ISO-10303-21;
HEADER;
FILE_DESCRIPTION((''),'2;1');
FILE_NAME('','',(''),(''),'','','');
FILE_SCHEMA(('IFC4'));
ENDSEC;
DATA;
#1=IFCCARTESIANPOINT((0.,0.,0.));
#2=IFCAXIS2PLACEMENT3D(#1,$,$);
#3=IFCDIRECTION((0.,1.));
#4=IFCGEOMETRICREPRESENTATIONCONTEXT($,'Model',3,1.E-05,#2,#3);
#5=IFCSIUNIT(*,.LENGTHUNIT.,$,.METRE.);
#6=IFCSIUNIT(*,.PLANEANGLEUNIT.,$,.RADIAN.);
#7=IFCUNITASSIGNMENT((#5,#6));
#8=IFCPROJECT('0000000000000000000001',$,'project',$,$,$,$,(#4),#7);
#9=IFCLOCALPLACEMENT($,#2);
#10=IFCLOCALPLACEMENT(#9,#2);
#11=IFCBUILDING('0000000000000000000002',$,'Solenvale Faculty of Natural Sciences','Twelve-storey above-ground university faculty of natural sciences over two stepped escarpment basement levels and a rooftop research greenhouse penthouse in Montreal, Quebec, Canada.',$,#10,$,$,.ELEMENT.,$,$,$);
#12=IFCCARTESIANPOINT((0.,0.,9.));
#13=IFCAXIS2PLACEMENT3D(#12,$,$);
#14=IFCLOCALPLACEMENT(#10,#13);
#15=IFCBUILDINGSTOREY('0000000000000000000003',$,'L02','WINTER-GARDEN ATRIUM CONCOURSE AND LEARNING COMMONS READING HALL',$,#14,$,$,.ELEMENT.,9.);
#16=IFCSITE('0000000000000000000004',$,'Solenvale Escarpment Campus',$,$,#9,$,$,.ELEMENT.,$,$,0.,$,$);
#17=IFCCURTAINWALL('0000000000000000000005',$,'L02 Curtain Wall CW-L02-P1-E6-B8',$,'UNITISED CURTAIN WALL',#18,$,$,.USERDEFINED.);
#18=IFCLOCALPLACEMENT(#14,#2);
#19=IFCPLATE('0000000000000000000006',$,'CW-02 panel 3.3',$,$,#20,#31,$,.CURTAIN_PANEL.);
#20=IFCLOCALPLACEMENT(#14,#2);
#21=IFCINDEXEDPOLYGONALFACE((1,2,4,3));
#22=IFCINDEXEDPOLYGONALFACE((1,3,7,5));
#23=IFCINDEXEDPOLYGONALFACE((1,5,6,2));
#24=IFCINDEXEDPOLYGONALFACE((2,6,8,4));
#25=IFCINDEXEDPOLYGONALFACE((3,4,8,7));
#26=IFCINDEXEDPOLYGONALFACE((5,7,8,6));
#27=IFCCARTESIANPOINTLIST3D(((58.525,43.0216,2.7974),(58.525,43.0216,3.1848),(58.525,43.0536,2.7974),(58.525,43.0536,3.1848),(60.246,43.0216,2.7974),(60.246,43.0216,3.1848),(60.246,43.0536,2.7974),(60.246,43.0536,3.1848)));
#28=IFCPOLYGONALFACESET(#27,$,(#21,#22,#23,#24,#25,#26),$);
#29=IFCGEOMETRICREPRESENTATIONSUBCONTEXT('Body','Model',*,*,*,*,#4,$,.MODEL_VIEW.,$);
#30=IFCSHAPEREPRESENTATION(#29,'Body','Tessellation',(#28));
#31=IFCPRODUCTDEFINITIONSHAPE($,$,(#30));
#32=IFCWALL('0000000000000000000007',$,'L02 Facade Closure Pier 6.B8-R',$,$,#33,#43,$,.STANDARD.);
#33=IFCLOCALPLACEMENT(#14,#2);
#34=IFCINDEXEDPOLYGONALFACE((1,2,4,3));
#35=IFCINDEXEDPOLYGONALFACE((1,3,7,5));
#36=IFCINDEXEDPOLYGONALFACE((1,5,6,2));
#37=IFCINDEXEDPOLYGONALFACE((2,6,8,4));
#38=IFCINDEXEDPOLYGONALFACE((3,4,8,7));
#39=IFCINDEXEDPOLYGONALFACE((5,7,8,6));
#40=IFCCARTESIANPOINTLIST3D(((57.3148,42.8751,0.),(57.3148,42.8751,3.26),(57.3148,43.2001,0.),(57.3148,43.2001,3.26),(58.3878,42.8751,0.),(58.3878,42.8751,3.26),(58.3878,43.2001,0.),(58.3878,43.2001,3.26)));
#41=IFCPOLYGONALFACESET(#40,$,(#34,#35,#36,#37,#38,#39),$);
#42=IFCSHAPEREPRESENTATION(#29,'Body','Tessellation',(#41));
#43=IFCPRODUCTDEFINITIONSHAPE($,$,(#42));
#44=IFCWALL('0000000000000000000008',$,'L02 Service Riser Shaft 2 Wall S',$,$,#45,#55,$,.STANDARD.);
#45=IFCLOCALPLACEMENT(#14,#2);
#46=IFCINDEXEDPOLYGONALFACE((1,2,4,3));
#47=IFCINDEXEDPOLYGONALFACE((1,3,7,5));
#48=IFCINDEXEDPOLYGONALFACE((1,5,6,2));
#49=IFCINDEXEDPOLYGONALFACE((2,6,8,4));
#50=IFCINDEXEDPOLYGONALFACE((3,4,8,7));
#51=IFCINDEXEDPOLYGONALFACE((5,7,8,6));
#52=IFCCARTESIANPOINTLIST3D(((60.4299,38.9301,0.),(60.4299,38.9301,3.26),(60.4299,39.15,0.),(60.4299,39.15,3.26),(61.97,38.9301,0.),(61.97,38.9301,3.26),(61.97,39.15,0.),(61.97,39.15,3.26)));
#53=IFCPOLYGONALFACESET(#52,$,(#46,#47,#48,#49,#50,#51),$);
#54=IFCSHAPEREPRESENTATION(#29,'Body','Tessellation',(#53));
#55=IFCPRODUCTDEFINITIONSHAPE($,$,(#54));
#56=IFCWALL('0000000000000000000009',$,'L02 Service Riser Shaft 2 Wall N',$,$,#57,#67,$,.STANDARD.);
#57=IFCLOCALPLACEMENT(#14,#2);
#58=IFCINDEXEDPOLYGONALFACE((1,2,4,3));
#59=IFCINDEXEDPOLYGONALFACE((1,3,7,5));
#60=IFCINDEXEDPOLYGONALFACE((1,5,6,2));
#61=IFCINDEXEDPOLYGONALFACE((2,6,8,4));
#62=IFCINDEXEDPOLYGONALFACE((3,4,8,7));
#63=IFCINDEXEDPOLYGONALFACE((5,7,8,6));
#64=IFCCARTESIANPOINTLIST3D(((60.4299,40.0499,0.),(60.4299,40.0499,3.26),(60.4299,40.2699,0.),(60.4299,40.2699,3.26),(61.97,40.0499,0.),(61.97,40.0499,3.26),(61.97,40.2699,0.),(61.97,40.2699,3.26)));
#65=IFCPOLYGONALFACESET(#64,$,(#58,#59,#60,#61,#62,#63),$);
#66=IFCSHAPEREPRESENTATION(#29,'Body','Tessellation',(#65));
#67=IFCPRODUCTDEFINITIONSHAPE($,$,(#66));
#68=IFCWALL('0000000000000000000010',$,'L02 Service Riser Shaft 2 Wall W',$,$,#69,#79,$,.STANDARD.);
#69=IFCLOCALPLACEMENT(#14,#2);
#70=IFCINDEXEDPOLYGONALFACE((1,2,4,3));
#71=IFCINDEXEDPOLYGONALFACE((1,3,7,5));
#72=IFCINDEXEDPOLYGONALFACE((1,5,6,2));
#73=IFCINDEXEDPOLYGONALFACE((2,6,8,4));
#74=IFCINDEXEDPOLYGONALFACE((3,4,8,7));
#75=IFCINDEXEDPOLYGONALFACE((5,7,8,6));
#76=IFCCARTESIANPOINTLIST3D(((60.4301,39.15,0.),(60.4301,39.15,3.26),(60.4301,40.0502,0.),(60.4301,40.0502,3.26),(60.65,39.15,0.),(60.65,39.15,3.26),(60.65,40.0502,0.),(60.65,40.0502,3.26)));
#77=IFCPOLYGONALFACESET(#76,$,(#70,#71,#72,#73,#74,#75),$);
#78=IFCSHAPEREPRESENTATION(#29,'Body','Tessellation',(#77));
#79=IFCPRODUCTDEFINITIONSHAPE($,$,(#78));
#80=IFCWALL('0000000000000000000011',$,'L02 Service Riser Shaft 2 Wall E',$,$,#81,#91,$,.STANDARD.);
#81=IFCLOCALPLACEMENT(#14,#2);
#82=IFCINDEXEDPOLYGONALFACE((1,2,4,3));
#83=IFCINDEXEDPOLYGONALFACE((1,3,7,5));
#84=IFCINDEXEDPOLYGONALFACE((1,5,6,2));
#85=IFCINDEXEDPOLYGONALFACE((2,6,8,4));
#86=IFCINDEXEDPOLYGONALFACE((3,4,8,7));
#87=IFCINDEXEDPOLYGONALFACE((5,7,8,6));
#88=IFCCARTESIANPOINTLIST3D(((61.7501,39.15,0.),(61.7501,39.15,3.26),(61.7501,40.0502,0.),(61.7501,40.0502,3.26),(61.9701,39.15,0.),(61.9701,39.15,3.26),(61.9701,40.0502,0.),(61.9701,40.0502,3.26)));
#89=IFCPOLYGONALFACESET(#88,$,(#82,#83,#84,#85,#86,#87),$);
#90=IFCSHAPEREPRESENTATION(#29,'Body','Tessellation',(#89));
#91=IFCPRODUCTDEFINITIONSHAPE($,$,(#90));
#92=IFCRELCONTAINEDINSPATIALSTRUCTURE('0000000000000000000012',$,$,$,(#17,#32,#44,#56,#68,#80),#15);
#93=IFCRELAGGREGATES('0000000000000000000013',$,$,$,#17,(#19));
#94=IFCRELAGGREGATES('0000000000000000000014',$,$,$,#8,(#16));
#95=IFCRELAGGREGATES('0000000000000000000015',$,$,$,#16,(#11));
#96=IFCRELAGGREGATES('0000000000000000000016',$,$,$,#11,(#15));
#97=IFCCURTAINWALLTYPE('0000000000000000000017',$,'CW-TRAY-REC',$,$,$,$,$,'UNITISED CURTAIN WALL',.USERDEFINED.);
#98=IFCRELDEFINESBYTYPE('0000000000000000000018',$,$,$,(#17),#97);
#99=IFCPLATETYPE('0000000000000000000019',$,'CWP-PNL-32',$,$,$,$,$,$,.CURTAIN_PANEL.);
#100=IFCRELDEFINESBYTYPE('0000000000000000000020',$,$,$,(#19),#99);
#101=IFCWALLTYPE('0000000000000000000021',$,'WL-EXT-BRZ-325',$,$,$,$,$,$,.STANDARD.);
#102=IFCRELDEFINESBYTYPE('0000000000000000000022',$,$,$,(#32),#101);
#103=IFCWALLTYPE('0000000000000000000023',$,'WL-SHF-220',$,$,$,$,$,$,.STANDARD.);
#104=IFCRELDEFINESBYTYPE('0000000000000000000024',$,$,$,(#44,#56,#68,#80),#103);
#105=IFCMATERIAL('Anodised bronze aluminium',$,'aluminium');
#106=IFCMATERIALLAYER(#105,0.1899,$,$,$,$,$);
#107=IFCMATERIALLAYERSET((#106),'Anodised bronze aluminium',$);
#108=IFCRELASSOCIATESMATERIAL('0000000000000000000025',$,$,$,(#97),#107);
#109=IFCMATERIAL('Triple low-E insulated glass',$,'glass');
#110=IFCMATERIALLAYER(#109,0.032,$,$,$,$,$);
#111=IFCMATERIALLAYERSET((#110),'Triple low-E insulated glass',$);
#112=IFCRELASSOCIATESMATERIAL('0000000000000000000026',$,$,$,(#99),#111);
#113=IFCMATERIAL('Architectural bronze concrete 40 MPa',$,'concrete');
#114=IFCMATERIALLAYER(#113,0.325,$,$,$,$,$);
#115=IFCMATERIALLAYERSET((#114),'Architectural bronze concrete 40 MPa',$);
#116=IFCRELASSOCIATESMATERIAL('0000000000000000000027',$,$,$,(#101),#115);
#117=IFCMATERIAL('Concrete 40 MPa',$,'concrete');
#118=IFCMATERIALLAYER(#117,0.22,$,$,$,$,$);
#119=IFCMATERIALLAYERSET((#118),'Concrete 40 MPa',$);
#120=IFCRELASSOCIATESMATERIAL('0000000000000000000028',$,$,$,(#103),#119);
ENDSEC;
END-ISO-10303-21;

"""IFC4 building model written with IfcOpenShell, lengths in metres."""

from ifc_helpers import new_model, si_unit, direction, frame, frame_2d, origin, origin_2d, place, context, subcontext, project, spatial, rectangle, extrude, material, layer, layer_set, type_object, element, aggregate, save


model = new_model("IFC4")

# Units and contexts
model_context = context("Model", 3, precision=1e-05, world=origin(), true_north=direction((0.0, 1.0)))
body_context = subcontext(model_context, "Body", "Model", "MODEL_VIEW")
ifc_project = project(units=[si_unit("LENGTHUNIT", "METRE"), si_unit("PLANEANGLEUNIT", "RADIAN")], contexts=[model_context])

# Site, building, storey
site_placement = place(None, origin())
site = spatial("IfcSite", under=ifc_project, at=site_placement, Name="Solenvale Escarpment Campus", CompositionType="ELEMENT", RefElevation=0.0)
building_placement = place(site_placement, origin())
building = spatial("IfcBuilding", under=site, at=building_placement, Name="Solenvale Faculty of Natural Sciences", Description="Twelve-storey above-ground university faculty of natural sciences over two stepped escarpment basement levels and a rooftop research greenhouse penthouse in Montreal, Quebec, Canada.", CompositionType="ELEMENT")
storey_placement = place(building_placement, frame((0.0, 0.0, 9.0)))
storey = spatial("IfcBuildingStorey", under=building, at=storey_placement, Name="L02", Description="WINTER-GARDEN ATRIUM CONCOURSE AND LEARNING COMMONS READING HALL", CompositionType="ELEMENT", Elevation=9.0)

# Shared definitions
ifc_material_1 = material(Name="Concrete 40 MPa", Category="concrete")

# Curtain wall, plate
ifc_material_2 = material(Name="Anodised bronze aluminium", Category="aluminium")
ifc_layer_1 = layer(ifc_material_2, 0.1899)
ifc_layer_set_1 = layer_set([ifc_layer_1], Name="Anodised bronze aluminium")
curtain_wall_type = type_object("IfcCurtainWallType", Name="CW-TRAY-REC", ElementType="UNITISED CURTAIN WALL", PredefinedType="USERDEFINED", material=ifc_layer_set_1)
curtain_wall_placement = place(storey_placement, origin())
curtain_wall = element("IfcCurtainWall", 1, at=curtain_wall_placement, inside=storey, type_object=curtain_wall_type, Name="L02 Curtain Wall CW-L02-P1-E6-B8", ObjectType="UNITISED CURTAIN WALL", PredefinedType="USERDEFINED")
ifc_material_3 = material(Name="Triple low-E insulated glass", Category="glass")
ifc_layer_2 = layer(ifc_material_3, 0.032)
ifc_layer_set_2 = layer_set([ifc_layer_2], Name="Triple low-E insulated glass")
plate_type = type_object("IfcPlateType", Name="CWP-PNL-32", PredefinedType="CURTAIN_PANEL", material=ifc_layer_set_2)
plate_1_placement = place(storey_placement, frame((59.3855, 43.0376, 2.7974), z_axis=(0.0, 0.0, 1.0), x_axis=(-1.0, 0.0, 0.0)))
plate_1 = element("IfcPlate", 2, at=plate_1_placement, type_object=plate_type, Name="CW-02 panel 3.3", PredefinedType="CURTAIN_PANEL", context=body_context, shape_type="SweptSolid", body=[
    extrude(rectangle(XDim=1.7209, YDim=0.032, at=origin_2d()), origin(), (0.0, 0.0, 1.0), 0.3875),
])
aggregate(curtain_wall, [plate_1])

# Walls
ifc_material_4 = material(Name="Architectural bronze concrete 40 MPa", Category="concrete")
ifc_layer_3 = layer(ifc_material_4, 0.325)
ifc_layer_set_3 = layer_set([ifc_layer_3], Name="Architectural bronze concrete 40 MPa")
wall_type_1 = type_object("IfcWallType", Name="WL-EXT-BRZ-325", PredefinedType="STANDARD", material=ifc_layer_set_3)
wall_placement = place(storey_placement, frame((58.3879, 43.0376, 0.0), z_axis=(0.0, 0.0, 1.0), x_axis=(-1.0, 0.0, 0.0)))
element("IfcWall", 3, at=wall_placement, inside=storey, type_object=wall_type_1, Name="L02 Facade Closure Pier 6.B8-R", PredefinedType="STANDARD", context=body_context, shape_type="SweptSolid", body=[
    extrude(rectangle(XDim=1.073, YDim=0.325, at=frame_2d((0.5366, 0.0))), origin(), (0.0, 0.0, 1.0), 3.26),
])
ifc_layer_4 = layer(ifc_material_1, 0.22)
ifc_layer_set_4 = layer_set([ifc_layer_4], Name="Concrete 40 MPa")
wall_type_2 = type_object("IfcWallType", Name="WL-SHF-220", PredefinedType="STANDARD", material=ifc_layer_set_4)
for number, where, z_axis, x_axis, name in (
    (4, (60.4299, 39.04, 0.0), (0.0, 0.0, 1.0), (1.0, 0.0, 0.0), "L02 Service Riser Shaft 2 Wall S"),
    (5, (60.4299, 40.1599, 0.0), (0.0, 0.0, 1.0), (1.0, 0.0, 0.0), "L02 Service Riser Shaft 2 Wall N"),
):
    element("IfcWall", number, at=place(storey_placement, frame(where, z_axis=z_axis, x_axis=x_axis)), inside=storey, type_object=wall_type_2, Name=name, PredefinedType="STANDARD", context=body_context, shape_type="SweptSolid", body=[
        extrude(rectangle(XDim=1.54, YDim=0.22, at=frame_2d((0.77, 0.0))), origin(), (0.0, 0.0, 1.0), 3.26),
    ])
for number, where, z_axis, x_axis, name in (
    (6, (60.54, 39.1499, 0.0), (0.0, 0.0, 1.0), (0.0, 1.0, 0.0), "L02 Service Riser Shaft 2 Wall W"),
    (7, (61.8601, 39.1499, 0.0), (0.0, 0.0, 1.0), (0.0, 1.0, 0.0), "L02 Service Riser Shaft 2 Wall E"),
):
    element("IfcWall", number, at=place(storey_placement, frame(where, z_axis=z_axis, x_axis=x_axis)), inside=storey, type_object=wall_type_2, Name=name, PredefinedType="STANDARD", context=body_context, shape_type="SweptSolid", body=[
        extrude(rectangle(XDim=0.9001, YDim=0.22, at=frame_2d((0.4502, 0.0))), origin(), (0.0, 0.0, 1.0), 3.26),
    ])

save(model, "model.ifc")
